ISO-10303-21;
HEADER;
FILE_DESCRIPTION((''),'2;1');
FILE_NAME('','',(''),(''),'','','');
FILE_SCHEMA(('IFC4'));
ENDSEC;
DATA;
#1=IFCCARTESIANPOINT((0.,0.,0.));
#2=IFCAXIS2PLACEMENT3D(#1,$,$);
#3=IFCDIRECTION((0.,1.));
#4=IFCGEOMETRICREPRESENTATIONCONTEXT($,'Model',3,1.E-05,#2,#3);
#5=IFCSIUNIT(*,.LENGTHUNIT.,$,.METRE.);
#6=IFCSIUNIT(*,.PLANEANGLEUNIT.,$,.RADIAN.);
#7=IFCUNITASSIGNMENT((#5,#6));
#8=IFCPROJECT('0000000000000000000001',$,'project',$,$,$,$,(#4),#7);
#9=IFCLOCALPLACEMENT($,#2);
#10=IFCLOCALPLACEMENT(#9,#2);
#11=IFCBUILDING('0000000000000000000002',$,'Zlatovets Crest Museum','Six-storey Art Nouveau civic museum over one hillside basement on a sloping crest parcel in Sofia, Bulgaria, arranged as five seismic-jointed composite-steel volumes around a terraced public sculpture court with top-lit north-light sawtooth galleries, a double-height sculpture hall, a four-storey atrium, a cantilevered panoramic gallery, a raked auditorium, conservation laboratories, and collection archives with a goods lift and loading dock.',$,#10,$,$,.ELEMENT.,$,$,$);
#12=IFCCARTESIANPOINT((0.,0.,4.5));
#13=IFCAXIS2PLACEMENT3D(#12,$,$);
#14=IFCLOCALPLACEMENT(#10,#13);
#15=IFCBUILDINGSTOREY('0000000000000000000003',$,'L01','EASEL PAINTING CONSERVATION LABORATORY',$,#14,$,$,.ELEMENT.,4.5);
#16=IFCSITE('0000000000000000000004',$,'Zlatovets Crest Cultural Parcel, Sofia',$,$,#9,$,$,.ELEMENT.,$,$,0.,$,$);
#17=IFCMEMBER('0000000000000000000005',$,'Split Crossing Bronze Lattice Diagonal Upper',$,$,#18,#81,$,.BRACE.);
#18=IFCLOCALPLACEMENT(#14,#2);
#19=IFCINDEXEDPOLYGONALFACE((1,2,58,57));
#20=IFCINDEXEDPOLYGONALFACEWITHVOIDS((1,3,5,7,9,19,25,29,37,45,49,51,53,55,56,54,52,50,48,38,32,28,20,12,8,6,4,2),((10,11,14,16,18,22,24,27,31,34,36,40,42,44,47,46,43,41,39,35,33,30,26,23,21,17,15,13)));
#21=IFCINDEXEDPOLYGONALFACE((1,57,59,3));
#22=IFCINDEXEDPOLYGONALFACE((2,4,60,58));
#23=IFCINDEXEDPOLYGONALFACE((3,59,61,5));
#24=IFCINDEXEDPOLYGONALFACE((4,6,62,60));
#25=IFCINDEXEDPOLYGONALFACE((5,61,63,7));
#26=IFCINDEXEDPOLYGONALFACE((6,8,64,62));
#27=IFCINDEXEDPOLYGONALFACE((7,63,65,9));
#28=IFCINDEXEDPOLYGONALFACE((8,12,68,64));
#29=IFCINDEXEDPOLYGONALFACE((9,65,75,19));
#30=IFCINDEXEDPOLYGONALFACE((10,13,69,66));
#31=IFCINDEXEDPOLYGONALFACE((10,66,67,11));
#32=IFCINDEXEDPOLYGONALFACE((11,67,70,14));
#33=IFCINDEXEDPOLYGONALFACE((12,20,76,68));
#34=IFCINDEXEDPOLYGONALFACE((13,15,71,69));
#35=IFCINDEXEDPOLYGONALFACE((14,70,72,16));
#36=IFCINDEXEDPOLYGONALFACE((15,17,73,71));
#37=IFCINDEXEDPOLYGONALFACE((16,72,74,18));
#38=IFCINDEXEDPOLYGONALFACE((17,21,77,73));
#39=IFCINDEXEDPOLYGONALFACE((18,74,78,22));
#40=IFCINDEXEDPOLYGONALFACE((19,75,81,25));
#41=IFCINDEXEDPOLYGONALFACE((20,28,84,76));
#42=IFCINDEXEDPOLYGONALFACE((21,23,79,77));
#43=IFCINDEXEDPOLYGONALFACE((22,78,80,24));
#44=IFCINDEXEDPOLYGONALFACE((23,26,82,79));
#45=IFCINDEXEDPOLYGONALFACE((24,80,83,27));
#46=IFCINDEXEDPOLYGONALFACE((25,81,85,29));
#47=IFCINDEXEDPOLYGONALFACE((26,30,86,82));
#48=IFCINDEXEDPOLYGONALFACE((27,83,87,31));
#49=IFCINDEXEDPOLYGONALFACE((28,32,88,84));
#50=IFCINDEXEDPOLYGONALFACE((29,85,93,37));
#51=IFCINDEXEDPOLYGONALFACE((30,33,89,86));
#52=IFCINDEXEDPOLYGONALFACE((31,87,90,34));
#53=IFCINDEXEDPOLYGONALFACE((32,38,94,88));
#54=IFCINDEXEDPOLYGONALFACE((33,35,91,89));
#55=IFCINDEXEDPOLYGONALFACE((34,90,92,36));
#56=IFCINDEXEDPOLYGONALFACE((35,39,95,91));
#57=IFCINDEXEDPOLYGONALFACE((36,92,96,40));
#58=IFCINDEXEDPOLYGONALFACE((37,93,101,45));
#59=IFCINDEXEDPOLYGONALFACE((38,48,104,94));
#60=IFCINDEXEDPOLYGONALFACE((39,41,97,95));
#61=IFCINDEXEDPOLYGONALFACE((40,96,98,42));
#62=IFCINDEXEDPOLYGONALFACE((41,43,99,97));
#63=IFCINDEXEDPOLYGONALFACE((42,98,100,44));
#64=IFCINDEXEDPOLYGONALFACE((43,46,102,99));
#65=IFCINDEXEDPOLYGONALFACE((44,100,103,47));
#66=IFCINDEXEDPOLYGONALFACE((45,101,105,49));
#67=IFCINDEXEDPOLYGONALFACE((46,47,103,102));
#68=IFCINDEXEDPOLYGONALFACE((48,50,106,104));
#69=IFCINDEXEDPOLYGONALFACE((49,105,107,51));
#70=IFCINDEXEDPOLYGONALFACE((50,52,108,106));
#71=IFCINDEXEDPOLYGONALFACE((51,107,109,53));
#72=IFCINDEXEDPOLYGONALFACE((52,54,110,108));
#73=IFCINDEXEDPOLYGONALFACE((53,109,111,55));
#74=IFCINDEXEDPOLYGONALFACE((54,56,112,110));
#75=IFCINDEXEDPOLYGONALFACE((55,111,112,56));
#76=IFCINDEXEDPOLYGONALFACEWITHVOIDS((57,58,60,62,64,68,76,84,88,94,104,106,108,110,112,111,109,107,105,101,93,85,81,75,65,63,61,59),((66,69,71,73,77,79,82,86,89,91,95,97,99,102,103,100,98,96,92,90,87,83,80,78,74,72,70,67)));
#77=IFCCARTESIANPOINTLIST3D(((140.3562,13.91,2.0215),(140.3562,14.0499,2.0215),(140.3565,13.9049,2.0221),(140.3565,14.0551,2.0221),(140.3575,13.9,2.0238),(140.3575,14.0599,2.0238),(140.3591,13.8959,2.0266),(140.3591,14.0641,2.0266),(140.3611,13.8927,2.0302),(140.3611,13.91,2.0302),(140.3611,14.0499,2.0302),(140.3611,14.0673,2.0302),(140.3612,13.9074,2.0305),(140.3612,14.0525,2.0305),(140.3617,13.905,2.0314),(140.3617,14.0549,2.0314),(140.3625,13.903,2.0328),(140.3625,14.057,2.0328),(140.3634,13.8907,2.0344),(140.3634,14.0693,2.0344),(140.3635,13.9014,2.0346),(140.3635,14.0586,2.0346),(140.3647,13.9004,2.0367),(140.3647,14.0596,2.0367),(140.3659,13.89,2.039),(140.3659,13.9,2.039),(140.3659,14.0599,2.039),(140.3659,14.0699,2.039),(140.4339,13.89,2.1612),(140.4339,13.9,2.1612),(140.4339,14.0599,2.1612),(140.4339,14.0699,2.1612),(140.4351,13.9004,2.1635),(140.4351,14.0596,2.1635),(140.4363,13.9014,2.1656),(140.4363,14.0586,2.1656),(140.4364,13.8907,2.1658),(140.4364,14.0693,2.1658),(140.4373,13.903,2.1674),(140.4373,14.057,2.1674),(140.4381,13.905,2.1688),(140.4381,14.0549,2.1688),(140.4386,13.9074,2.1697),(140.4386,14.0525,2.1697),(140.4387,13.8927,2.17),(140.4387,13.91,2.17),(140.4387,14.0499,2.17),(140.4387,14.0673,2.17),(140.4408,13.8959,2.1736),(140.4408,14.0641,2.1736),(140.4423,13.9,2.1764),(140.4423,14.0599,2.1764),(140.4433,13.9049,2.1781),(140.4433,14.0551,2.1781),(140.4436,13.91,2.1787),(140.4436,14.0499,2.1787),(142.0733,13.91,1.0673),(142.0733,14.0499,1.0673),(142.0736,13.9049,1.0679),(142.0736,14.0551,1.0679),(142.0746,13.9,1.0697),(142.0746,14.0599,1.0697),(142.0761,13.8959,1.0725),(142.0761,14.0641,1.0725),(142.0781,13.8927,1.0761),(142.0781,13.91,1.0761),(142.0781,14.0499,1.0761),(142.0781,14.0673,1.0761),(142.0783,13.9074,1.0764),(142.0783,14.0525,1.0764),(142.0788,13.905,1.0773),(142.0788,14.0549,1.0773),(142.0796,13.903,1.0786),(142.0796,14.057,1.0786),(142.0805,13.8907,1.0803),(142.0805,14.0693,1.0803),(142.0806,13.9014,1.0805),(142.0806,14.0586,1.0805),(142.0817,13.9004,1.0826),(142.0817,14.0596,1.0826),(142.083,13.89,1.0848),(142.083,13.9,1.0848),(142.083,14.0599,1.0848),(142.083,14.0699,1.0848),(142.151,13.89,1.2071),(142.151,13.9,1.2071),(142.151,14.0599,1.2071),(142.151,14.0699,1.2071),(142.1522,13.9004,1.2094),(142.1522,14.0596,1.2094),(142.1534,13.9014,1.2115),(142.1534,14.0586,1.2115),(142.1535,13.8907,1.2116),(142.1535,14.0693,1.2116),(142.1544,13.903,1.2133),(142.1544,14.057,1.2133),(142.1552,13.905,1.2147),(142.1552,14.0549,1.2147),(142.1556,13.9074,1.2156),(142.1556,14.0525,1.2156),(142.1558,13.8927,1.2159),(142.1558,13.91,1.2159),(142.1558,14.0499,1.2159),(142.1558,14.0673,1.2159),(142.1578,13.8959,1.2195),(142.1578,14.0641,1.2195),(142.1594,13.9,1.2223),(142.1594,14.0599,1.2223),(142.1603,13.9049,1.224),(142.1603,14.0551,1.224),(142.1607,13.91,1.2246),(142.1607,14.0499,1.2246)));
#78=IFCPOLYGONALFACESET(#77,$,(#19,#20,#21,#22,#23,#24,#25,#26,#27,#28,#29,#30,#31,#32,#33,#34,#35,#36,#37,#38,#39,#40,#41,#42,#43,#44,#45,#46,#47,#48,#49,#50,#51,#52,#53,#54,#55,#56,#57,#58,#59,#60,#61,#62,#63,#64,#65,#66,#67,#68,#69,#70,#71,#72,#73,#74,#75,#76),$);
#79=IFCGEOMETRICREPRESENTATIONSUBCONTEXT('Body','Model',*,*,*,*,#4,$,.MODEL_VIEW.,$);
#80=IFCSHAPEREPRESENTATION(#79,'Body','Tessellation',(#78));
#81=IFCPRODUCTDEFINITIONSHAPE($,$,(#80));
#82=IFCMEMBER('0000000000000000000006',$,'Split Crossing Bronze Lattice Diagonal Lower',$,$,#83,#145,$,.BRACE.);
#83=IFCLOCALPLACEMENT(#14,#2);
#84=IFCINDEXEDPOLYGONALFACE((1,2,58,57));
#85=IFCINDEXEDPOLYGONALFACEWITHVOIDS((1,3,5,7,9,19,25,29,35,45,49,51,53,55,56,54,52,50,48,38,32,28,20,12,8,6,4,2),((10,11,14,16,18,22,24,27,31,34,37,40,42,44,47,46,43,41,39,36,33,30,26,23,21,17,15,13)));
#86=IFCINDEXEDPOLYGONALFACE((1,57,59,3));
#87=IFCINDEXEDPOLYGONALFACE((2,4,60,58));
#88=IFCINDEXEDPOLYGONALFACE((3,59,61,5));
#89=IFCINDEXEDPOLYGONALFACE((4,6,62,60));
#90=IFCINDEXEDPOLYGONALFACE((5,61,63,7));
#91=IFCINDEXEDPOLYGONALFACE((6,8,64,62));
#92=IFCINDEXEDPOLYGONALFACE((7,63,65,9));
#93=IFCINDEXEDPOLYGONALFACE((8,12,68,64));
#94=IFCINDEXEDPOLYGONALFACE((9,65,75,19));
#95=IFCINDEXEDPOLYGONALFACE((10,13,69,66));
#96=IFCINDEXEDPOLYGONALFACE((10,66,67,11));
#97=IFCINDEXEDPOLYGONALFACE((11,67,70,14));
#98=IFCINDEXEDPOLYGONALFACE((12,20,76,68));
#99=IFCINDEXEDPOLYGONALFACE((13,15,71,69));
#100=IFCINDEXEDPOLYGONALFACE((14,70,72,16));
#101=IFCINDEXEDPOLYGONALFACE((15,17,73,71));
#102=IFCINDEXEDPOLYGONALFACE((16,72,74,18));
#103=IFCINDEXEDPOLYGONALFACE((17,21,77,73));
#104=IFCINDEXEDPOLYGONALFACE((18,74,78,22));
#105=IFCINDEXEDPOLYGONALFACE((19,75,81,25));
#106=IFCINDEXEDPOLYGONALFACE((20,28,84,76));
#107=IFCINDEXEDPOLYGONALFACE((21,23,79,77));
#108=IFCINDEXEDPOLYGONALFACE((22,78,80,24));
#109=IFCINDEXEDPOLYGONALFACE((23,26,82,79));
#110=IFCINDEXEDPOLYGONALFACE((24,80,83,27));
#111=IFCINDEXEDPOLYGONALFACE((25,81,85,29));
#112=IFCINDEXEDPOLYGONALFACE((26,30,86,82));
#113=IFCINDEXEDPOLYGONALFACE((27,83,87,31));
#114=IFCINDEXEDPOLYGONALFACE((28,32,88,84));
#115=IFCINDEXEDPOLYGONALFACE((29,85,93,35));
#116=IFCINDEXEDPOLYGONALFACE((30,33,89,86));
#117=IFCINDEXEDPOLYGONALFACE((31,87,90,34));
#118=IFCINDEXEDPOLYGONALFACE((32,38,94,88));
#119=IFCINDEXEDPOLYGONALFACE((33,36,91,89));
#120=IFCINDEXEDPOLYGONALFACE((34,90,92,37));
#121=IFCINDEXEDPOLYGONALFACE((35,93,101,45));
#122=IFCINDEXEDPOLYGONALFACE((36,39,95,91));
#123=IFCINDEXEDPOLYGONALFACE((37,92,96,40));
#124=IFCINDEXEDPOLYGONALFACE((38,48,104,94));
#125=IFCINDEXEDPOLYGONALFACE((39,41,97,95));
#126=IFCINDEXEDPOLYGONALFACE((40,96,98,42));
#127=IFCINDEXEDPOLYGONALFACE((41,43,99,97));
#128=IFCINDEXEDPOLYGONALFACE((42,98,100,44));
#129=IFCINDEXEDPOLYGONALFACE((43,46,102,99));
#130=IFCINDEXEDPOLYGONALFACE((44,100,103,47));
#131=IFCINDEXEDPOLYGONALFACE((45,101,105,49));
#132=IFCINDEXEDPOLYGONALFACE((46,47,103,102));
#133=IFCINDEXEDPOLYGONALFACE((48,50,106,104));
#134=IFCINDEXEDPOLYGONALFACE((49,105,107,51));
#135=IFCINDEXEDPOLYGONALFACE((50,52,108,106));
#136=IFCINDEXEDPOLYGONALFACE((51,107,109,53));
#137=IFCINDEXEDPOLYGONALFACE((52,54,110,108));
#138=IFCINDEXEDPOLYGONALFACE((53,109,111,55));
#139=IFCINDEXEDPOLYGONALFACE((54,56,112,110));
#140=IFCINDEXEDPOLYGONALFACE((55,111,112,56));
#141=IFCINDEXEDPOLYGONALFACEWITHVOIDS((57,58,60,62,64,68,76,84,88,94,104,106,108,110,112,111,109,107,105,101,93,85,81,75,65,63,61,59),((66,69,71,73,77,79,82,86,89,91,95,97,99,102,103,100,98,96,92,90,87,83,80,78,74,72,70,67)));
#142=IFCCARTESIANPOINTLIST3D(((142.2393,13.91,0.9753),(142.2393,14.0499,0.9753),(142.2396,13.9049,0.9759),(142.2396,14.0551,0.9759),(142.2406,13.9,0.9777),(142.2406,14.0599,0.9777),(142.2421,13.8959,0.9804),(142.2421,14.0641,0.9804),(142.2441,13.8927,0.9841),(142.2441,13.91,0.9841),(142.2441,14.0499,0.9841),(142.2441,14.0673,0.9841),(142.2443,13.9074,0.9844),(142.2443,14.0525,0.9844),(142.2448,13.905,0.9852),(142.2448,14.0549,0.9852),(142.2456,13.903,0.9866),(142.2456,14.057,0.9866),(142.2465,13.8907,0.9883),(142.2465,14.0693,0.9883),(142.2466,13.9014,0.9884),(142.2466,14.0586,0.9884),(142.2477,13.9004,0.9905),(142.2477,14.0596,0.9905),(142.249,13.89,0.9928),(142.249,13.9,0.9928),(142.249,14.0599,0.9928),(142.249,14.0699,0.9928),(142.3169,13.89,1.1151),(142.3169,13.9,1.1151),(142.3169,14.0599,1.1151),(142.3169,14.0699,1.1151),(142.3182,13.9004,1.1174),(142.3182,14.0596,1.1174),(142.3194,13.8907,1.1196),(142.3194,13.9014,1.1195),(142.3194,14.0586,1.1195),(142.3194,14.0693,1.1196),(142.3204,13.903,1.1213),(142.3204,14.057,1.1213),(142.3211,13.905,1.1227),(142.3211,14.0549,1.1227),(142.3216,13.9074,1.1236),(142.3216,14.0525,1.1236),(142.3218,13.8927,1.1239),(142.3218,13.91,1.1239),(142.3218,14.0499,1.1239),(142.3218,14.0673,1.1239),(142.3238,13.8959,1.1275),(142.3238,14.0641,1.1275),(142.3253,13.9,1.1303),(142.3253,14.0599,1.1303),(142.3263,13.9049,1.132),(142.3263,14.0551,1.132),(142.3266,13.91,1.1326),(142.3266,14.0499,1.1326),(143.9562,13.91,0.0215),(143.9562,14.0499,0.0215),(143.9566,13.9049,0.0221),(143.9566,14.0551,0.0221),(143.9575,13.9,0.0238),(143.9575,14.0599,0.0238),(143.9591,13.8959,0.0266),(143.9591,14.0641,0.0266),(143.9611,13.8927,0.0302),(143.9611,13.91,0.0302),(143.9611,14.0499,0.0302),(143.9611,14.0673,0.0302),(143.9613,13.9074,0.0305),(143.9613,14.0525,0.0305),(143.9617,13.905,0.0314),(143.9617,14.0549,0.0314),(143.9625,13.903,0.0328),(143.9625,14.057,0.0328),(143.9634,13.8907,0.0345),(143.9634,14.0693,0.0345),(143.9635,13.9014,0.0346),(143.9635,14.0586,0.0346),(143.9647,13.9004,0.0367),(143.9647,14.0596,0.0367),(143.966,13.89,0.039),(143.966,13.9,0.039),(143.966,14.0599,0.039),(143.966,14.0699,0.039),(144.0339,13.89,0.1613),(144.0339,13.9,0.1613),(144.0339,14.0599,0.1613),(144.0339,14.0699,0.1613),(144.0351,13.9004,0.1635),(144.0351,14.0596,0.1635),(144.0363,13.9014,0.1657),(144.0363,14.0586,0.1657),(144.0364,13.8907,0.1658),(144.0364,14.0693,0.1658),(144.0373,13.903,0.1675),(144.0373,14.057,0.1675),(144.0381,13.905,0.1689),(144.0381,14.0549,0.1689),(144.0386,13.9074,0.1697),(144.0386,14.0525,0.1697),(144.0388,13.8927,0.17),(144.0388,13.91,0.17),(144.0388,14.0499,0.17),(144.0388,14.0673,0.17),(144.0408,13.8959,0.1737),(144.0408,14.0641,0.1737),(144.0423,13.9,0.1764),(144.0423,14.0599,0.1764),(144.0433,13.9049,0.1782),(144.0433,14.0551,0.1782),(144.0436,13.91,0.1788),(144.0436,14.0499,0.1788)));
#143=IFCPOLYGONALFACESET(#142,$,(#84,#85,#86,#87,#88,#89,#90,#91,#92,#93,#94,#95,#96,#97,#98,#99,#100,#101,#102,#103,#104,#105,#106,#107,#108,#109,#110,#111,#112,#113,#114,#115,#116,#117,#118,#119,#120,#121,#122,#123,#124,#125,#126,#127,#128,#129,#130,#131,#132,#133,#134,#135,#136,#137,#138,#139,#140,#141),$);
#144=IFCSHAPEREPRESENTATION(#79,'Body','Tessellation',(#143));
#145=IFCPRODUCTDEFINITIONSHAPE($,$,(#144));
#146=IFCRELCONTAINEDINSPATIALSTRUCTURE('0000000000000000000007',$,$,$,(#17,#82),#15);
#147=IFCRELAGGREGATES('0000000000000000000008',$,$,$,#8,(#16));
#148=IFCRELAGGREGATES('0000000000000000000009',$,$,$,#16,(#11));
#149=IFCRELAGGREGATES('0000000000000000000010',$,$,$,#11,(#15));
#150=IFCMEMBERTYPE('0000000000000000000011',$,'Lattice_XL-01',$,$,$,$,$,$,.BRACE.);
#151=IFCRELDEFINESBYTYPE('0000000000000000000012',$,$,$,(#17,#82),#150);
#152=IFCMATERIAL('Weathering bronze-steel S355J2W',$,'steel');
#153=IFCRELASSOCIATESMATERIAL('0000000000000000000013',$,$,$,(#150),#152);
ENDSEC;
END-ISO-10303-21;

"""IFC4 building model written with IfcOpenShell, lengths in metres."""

from ifc_helpers import new_model, si_unit, direction, frame, origin, origin_2d, place, context, subcontext, project, spatial, hollow_rectangle, extrude, material, material_profile, profile_set, type_object, element, save


model = new_model("IFC4")

# Units and contexts
model_context = context("Model", 3, precision=1e-05, world=origin(), true_north=direction((0.0, 1.0)))
body_context = subcontext(model_context, "Body", "Model", "MODEL_VIEW")
ifc_project = project(units=[si_unit("LENGTHUNIT", "METRE"), si_unit("PLANEANGLEUNIT", "RADIAN")], contexts=[model_context])

# Site, building, storey
site_placement = place(None, origin())
site = spatial("IfcSite", under=ifc_project, at=site_placement, Name="Zlatovets Crest Cultural Parcel, Sofia", CompositionType="ELEMENT", RefElevation=0.0)
building_placement = place(site_placement, origin())
building = spatial("IfcBuilding", under=site, at=building_placement, Name="Zlatovets Crest Museum", Description="Six-storey Art Nouveau civic museum over one hillside basement on a sloping crest parcel in Sofia, Bulgaria, arranged as five seismic-jointed composite-steel volumes around a terraced public sculpture court with top-lit north-light sawtooth galleries, a double-height sculpture hall, a four-storey atrium, a cantilevered panoramic gallery, a raked auditorium, conservation laboratories, and collection archives with a goods lift and loading dock.", CompositionType="ELEMENT")
storey_placement = place(building_placement, frame((0.0, 0.0, 4.5)))
storey = spatial("IfcBuildingStorey", under=building, at=storey_placement, Name="L01", Description="EASEL PAINTING CONSERVATION LABORATORY", CompositionType="ELEMENT", Elevation=4.5)

# Members
ifc_material_1 = material(Name="Weathering bronze-steel S355J2W", Category="steel")
ifc_material_profile_1 = material_profile(ifc_material_1, hollow_rectangle(XDim=0.1799, YDim=0.1799, WallThickness=0.01, InnerFilletRadius=0.01, OuterFilletRadius=0.02, at=origin_2d()), Name="SHS 180x180x10.0")
ifc_profile_set_1 = profile_set([ifc_material_profile_1], Name="Weathering bronze-steel S355J2W")
member_type_1 = type_object("IfcMemberType", Name="Lattice_XL-01", PredefinedType="BRACE", material=ifc_profile_set_1)
member_1_placement = place(storey_placement, frame((140.3999, 13.98, 2.1001), z_axis=(0.874116, 0.0, -0.485717), x_axis=(0.0, 1.0, 0.0)))
element("IfcMember", 1, at=member_1_placement, inside=storey, type_object=member_type_1, Name="Split Crossing Bronze Lattice Diagonal Upper", PredefinedType="BRACE", context=body_context, shape_type="SweptSolid", body=[
    extrude(hollow_rectangle(XDim=0.1799, YDim=0.1799, WallThickness=0.01, InnerFilletRadius=0.01, OuterFilletRadius=0.02, at=origin_2d()), origin(), (0.0, 0.0, 1.0), 1.9644),
])
member_2_placement = place(storey_placement, frame((142.283, 13.98, 1.054), z_axis=(0.874169, 0.0, -0.485622), x_axis=(0.0, 1.0, 0.0)))
element("IfcMember", 2, at=member_2_placement, inside=storey, type_object=member_type_1, Name="Split Crossing Bronze Lattice Diagonal Lower", PredefinedType="BRACE", context=body_context, shape_type="SweptSolid", body=[
    extrude(hollow_rectangle(XDim=0.1799, YDim=0.1799, WallThickness=0.01, InnerFilletRadius=0.01, OuterFilletRadius=0.02, at=origin_2d()), origin(), (0.0, 0.0, 1.0), 1.9641),
])

save(model, "model.ifc")
